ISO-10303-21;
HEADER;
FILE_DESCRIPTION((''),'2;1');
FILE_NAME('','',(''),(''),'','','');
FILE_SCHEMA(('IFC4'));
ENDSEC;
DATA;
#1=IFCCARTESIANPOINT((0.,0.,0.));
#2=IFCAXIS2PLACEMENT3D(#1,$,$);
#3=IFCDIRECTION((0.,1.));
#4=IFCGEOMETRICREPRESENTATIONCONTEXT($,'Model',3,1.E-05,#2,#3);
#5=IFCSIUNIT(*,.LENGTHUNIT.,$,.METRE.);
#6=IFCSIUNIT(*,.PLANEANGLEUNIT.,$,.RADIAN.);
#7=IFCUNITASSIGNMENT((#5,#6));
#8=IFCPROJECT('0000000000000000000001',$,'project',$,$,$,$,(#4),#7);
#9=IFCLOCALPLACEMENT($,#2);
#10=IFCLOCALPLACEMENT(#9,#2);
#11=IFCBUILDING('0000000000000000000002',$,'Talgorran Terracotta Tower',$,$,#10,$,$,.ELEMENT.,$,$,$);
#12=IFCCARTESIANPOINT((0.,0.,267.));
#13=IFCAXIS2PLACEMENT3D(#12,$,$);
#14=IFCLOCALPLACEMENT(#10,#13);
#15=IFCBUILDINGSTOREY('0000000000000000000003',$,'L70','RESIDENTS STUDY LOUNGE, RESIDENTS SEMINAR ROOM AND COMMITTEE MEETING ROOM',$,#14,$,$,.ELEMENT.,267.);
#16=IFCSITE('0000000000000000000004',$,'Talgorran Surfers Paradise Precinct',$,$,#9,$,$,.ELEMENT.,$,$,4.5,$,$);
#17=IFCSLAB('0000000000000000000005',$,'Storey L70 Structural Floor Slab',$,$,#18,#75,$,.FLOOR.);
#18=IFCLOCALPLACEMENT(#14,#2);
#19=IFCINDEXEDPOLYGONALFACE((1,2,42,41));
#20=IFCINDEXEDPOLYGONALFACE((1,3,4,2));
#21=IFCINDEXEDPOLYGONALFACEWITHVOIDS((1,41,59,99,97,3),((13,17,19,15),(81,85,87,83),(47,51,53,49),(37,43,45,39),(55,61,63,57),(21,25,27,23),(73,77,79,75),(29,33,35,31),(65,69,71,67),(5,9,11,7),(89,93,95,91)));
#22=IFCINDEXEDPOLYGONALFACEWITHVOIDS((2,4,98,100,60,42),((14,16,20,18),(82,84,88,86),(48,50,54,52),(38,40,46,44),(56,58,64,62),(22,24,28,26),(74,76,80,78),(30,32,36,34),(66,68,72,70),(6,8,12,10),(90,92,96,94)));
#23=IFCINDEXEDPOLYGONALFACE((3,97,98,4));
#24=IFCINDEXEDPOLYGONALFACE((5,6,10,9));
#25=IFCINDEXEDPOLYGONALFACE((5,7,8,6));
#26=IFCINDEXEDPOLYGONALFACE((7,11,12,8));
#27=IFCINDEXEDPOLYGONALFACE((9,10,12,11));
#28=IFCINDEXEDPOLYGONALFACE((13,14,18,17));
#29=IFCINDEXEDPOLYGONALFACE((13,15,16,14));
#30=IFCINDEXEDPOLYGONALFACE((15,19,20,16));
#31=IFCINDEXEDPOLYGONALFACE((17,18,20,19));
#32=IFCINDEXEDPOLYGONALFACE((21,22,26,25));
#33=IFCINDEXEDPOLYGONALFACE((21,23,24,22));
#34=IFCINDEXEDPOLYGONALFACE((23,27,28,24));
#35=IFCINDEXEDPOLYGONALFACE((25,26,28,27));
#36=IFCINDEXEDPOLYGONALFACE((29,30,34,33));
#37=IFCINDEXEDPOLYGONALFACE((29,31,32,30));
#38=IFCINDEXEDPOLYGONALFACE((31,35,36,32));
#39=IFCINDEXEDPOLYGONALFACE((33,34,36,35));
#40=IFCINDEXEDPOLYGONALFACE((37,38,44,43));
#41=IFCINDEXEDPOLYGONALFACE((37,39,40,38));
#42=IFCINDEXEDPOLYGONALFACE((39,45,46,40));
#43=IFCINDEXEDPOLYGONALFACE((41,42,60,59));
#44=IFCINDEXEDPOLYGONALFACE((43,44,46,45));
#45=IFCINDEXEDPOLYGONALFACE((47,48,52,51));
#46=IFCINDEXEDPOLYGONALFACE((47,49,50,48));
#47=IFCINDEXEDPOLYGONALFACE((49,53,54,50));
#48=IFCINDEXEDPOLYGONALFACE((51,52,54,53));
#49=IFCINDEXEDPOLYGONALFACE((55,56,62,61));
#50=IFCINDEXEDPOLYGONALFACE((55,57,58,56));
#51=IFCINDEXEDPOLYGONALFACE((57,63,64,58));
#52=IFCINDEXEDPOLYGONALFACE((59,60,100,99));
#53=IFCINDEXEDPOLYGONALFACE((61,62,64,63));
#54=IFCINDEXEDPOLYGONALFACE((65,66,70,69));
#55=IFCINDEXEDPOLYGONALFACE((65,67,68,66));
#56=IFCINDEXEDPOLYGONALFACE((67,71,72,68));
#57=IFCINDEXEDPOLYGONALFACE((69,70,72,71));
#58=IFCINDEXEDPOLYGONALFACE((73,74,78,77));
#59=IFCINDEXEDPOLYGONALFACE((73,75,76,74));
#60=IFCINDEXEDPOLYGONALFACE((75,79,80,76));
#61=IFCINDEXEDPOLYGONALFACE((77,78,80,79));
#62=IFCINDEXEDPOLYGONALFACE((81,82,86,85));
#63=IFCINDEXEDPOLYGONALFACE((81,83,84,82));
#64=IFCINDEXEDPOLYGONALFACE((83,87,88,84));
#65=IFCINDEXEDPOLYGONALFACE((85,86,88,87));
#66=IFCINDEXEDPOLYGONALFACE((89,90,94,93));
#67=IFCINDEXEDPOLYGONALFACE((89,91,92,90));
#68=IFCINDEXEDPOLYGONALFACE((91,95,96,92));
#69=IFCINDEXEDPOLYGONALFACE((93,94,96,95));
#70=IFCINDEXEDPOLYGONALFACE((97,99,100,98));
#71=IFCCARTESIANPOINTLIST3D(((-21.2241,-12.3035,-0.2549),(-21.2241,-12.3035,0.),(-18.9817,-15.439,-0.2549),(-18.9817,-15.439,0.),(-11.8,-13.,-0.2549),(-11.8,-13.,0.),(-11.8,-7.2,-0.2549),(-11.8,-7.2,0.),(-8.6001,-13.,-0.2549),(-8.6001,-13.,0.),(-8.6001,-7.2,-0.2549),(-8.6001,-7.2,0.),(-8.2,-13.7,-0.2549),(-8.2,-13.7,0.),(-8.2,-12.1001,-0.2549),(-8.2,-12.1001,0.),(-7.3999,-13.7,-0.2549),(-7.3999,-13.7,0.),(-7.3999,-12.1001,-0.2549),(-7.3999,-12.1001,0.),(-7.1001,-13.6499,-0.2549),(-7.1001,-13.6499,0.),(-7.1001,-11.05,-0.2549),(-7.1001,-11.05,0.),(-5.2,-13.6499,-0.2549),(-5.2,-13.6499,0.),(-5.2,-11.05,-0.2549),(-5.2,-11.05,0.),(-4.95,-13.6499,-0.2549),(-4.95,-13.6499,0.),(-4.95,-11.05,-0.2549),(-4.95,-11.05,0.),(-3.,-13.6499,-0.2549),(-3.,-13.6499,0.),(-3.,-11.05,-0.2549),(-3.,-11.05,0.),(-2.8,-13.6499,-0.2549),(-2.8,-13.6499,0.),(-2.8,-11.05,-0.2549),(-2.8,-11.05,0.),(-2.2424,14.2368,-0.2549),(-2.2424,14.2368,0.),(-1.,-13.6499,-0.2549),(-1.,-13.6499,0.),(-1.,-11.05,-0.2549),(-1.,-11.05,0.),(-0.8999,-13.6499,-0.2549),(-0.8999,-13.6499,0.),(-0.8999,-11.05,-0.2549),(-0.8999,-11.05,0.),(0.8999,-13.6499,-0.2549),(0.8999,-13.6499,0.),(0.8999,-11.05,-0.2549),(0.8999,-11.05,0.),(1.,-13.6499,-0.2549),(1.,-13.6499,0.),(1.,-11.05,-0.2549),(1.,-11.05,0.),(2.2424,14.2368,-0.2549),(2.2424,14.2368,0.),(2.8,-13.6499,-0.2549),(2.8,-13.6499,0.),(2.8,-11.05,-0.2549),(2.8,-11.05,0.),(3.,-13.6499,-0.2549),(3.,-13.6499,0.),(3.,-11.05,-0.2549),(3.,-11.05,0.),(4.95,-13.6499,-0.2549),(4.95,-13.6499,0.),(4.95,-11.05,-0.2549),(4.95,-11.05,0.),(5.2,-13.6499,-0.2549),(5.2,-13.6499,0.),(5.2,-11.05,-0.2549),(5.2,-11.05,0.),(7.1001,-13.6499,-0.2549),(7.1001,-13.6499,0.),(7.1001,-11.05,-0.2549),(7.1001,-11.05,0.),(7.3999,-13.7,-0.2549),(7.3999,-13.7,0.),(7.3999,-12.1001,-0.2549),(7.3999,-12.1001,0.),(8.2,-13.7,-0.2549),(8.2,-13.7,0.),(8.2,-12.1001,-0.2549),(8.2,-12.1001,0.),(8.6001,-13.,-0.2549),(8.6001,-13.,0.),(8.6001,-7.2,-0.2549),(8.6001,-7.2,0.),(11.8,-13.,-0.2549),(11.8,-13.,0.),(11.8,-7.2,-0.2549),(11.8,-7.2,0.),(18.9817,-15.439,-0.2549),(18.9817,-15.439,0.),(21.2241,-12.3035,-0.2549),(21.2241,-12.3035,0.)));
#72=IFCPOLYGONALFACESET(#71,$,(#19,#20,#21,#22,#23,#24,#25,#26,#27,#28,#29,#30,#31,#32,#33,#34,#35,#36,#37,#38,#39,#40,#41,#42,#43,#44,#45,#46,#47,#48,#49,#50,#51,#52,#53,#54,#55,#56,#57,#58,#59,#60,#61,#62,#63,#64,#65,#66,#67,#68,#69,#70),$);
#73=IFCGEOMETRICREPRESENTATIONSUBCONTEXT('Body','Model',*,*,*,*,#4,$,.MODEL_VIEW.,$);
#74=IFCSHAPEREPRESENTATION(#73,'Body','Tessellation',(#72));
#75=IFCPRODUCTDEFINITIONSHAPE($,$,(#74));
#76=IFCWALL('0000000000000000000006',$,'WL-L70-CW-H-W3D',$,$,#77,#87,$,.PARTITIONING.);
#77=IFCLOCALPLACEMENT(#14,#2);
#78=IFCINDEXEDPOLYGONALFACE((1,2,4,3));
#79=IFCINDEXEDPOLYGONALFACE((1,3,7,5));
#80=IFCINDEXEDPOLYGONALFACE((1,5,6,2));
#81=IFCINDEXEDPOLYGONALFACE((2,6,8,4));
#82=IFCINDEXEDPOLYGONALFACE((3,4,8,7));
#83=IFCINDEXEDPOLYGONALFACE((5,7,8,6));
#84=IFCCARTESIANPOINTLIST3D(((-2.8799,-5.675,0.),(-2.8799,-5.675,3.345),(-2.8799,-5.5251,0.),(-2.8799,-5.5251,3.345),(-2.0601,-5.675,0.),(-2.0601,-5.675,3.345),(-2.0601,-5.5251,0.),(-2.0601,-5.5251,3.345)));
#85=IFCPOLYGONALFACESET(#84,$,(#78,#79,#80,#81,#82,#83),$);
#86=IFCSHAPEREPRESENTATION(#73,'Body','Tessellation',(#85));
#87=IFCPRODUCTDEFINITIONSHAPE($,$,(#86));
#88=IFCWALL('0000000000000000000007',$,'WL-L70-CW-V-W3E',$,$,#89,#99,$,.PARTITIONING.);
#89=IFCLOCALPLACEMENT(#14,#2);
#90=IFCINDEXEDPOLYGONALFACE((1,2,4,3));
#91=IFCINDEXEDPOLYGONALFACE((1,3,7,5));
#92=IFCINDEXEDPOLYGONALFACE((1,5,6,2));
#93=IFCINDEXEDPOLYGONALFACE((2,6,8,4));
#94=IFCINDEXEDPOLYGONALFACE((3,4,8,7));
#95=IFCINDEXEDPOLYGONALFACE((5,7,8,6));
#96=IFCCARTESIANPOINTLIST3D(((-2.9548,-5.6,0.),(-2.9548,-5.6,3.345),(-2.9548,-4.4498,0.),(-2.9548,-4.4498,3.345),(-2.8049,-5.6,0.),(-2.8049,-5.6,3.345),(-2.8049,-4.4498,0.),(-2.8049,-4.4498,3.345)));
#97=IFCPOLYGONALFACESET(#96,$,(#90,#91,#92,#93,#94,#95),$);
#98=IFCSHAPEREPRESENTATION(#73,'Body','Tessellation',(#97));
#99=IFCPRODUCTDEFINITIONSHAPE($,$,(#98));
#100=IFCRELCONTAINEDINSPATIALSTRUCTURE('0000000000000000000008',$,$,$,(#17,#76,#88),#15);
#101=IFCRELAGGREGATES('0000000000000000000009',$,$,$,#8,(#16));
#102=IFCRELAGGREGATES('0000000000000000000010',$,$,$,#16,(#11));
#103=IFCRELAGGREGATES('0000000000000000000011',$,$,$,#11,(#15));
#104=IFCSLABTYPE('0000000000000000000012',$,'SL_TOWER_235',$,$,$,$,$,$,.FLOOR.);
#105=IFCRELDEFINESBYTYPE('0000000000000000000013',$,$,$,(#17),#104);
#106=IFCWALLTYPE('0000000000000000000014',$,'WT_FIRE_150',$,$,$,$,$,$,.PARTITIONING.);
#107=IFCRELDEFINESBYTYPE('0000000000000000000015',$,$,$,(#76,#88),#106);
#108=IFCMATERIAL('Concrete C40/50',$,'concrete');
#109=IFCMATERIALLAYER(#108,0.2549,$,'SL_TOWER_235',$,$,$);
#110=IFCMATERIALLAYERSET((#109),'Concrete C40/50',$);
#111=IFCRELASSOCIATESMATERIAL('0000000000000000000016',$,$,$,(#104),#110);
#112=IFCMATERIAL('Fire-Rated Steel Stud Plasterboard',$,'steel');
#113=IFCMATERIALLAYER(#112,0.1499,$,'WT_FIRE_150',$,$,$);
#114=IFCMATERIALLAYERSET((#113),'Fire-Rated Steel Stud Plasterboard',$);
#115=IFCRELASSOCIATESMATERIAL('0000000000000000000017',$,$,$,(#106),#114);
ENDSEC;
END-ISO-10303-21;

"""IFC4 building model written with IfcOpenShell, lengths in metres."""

from ifc_helpers import new_model, si_unit, direction, frame, frame_2d, origin, place, context, subcontext, project, spatial, polyline, rectangle, outline, extrude, material, layer, layer_set, type_object, element, save


model = new_model("IFC4")

# Units and contexts
model_context = context("Model", 3, precision=1e-05, world=origin(), true_north=direction((0.0, 1.0)))
body_context = subcontext(model_context, "Body", "Model", "MODEL_VIEW")
ifc_project = project(units=[si_unit("LENGTHUNIT", "METRE"), si_unit("PLANEANGLEUNIT", "RADIAN")], contexts=[model_context])

# Site, building, storey
site_placement = place(None, origin())
site = spatial("IfcSite", under=ifc_project, at=site_placement, Name="Talgorran Surfers Paradise Precinct", CompositionType="ELEMENT", RefElevation=4.5)
building_placement = place(site_placement, origin())
building = spatial("IfcBuilding", under=site, at=building_placement, Name="Talgorran Terracotta Tower", CompositionType="ELEMENT")
storey_placement = place(building_placement, frame((0.0, 0.0, 267.0)))
storey = spatial("IfcBuildingStorey", under=building, at=storey_placement, Name="L70", Description="RESIDENTS STUDY LOUNGE, RESIDENTS SEMINAR ROOM AND COMMITTEE MEETING ROOM", CompositionType="ELEMENT", Elevation=267.0)

# Slab
ifc_material_1 = material(Name="Concrete C40/50", Category="concrete")
ifc_layer_1 = layer(ifc_material_1, 0.2549, Name="SL_TOWER_235")
ifc_layer_set_1 = layer_set([ifc_layer_1], Name="Concrete C40/50")
slab_type_1 = type_object("IfcSlabType", Name="SL_TOWER_235", PredefinedType="FLOOR", material=ifc_layer_set_1)
slab_1_placement = place(storey_placement, frame((0.0, 0.0, -0.2549)))
element("IfcSlab", 1, at=slab_1_placement, inside=storey, type_object=slab_type_1, Name="Storey L70 Structural Floor Slab", PredefinedType="FLOOR", context=body_context, shape_type="SweptSolid", body=[
    extrude(outline(polyline([(-21.2241, -12.3035), (-18.9817, -15.439), (18.9817, -15.439), (21.2241, -12.3035), (2.2424, 14.2368), (-2.2424, 14.2368), (-21.2241, -12.3035)]), holes=[polyline([(-11.8, -7.2), (-11.8, -13.0), (-8.6001, -13.0), (-8.6001, -7.2), (-11.8, -7.2)]), polyline([(8.6001, -7.2), (8.6001, -13.0), (11.8, -13.0), (11.8, -7.2), (8.6001, -7.2)]), polyline([(-7.1001, -13.6499), (-5.2, -13.6499), (-5.2, -11.05), (-7.1001, -11.05), (-7.1001, -13.6499)]), polyline([(5.2, -13.6499), (7.1001, -13.6499), (7.1001, -11.05), (5.2, -11.05), (5.2, -13.6499)]), polyline([(3.0, -13.6499), (4.95, -13.6499), (4.95, -11.05), (3.0, -11.05), (3.0, -13.6499)]), polyline([(-4.95, -13.6499), (-3.0, -13.6499), (-3.0, -11.05), (-4.95, -11.05), (-4.95, -13.6499)]), polyline([(-2.8, -13.6499), (-1.0, -13.6499), (-1.0, -11.05), (-2.8, -11.05), (-2.8, -13.6499)]), polyline([(-0.8999, -13.6499), (0.8999, -13.6499), (0.8999, -11.05), (-0.8999, -11.05), (-0.8999, -13.6499)]), polyline([(1.0, -13.6499), (2.8, -13.6499), (2.8, -11.05), (1.0, -11.05), (1.0, -13.6499)]), polyline([(-8.2, -13.7), (-7.3999, -13.7), (-7.3999, -12.1001), (-8.2, -12.1001), (-8.2, -13.7)]), polyline([(7.3999, -13.7), (8.2, -13.7), (8.2, -12.1001), (7.3999, -12.1001), (7.3999, -13.7)])]), origin(), (0.0, 0.0, 1.0), 0.2549),
])

# Walls
ifc_material_2 = material(Name="Fire-Rated Steel Stud Plasterboard", Category="steel")
ifc_layer_2 = layer(ifc_material_2, 0.1499, Name="WT_FIRE_150")
ifc_layer_set_2 = layer_set([ifc_layer_2], Name="Fire-Rated Steel Stud Plasterboard")
wall_type = type_object("IfcWallType", Name="WT_FIRE_150", PredefinedType="PARTITIONING", material=ifc_layer_set_2)
wall_1_placement = place(storey_placement, frame((-2.8799, -5.6001, 0.0), z_axis=(0.0, 0.0, 1.0), x_axis=(1.0, 0.0, 0.0)))
element("IfcWall", 2, at=wall_1_placement, inside=storey, type_object=wall_type, Name="WL-L70-CW-H-W3D", PredefinedType="PARTITIONING", context=body_context, shape_type="SweptSolid", body=[
    extrude(rectangle(XDim=0.8198, YDim=0.1499, at=frame_2d((0.4099, 0.0))), origin(), (0.0, 0.0, 1.0), 3.345),
])
wall_2_placement = place(storey_placement, frame((-2.8799, -5.6001, 0.0), z_axis=(0.0, 0.0, 1.0), x_axis=(0.0, 1.0, 0.0)))
element("IfcWall", 3, at=wall_2_placement, inside=storey, type_object=wall_type, Name="WL-L70-CW-V-W3E", PredefinedType="PARTITIONING", context=body_context, shape_type="SweptSolid", body=[
    extrude(rectangle(XDim=1.1501, YDim=0.1499, at=frame_2d((0.5752, 0.0))), origin(), (0.0, 0.0, 1.0), 3.345),
])

save(model, "model.ifc")
